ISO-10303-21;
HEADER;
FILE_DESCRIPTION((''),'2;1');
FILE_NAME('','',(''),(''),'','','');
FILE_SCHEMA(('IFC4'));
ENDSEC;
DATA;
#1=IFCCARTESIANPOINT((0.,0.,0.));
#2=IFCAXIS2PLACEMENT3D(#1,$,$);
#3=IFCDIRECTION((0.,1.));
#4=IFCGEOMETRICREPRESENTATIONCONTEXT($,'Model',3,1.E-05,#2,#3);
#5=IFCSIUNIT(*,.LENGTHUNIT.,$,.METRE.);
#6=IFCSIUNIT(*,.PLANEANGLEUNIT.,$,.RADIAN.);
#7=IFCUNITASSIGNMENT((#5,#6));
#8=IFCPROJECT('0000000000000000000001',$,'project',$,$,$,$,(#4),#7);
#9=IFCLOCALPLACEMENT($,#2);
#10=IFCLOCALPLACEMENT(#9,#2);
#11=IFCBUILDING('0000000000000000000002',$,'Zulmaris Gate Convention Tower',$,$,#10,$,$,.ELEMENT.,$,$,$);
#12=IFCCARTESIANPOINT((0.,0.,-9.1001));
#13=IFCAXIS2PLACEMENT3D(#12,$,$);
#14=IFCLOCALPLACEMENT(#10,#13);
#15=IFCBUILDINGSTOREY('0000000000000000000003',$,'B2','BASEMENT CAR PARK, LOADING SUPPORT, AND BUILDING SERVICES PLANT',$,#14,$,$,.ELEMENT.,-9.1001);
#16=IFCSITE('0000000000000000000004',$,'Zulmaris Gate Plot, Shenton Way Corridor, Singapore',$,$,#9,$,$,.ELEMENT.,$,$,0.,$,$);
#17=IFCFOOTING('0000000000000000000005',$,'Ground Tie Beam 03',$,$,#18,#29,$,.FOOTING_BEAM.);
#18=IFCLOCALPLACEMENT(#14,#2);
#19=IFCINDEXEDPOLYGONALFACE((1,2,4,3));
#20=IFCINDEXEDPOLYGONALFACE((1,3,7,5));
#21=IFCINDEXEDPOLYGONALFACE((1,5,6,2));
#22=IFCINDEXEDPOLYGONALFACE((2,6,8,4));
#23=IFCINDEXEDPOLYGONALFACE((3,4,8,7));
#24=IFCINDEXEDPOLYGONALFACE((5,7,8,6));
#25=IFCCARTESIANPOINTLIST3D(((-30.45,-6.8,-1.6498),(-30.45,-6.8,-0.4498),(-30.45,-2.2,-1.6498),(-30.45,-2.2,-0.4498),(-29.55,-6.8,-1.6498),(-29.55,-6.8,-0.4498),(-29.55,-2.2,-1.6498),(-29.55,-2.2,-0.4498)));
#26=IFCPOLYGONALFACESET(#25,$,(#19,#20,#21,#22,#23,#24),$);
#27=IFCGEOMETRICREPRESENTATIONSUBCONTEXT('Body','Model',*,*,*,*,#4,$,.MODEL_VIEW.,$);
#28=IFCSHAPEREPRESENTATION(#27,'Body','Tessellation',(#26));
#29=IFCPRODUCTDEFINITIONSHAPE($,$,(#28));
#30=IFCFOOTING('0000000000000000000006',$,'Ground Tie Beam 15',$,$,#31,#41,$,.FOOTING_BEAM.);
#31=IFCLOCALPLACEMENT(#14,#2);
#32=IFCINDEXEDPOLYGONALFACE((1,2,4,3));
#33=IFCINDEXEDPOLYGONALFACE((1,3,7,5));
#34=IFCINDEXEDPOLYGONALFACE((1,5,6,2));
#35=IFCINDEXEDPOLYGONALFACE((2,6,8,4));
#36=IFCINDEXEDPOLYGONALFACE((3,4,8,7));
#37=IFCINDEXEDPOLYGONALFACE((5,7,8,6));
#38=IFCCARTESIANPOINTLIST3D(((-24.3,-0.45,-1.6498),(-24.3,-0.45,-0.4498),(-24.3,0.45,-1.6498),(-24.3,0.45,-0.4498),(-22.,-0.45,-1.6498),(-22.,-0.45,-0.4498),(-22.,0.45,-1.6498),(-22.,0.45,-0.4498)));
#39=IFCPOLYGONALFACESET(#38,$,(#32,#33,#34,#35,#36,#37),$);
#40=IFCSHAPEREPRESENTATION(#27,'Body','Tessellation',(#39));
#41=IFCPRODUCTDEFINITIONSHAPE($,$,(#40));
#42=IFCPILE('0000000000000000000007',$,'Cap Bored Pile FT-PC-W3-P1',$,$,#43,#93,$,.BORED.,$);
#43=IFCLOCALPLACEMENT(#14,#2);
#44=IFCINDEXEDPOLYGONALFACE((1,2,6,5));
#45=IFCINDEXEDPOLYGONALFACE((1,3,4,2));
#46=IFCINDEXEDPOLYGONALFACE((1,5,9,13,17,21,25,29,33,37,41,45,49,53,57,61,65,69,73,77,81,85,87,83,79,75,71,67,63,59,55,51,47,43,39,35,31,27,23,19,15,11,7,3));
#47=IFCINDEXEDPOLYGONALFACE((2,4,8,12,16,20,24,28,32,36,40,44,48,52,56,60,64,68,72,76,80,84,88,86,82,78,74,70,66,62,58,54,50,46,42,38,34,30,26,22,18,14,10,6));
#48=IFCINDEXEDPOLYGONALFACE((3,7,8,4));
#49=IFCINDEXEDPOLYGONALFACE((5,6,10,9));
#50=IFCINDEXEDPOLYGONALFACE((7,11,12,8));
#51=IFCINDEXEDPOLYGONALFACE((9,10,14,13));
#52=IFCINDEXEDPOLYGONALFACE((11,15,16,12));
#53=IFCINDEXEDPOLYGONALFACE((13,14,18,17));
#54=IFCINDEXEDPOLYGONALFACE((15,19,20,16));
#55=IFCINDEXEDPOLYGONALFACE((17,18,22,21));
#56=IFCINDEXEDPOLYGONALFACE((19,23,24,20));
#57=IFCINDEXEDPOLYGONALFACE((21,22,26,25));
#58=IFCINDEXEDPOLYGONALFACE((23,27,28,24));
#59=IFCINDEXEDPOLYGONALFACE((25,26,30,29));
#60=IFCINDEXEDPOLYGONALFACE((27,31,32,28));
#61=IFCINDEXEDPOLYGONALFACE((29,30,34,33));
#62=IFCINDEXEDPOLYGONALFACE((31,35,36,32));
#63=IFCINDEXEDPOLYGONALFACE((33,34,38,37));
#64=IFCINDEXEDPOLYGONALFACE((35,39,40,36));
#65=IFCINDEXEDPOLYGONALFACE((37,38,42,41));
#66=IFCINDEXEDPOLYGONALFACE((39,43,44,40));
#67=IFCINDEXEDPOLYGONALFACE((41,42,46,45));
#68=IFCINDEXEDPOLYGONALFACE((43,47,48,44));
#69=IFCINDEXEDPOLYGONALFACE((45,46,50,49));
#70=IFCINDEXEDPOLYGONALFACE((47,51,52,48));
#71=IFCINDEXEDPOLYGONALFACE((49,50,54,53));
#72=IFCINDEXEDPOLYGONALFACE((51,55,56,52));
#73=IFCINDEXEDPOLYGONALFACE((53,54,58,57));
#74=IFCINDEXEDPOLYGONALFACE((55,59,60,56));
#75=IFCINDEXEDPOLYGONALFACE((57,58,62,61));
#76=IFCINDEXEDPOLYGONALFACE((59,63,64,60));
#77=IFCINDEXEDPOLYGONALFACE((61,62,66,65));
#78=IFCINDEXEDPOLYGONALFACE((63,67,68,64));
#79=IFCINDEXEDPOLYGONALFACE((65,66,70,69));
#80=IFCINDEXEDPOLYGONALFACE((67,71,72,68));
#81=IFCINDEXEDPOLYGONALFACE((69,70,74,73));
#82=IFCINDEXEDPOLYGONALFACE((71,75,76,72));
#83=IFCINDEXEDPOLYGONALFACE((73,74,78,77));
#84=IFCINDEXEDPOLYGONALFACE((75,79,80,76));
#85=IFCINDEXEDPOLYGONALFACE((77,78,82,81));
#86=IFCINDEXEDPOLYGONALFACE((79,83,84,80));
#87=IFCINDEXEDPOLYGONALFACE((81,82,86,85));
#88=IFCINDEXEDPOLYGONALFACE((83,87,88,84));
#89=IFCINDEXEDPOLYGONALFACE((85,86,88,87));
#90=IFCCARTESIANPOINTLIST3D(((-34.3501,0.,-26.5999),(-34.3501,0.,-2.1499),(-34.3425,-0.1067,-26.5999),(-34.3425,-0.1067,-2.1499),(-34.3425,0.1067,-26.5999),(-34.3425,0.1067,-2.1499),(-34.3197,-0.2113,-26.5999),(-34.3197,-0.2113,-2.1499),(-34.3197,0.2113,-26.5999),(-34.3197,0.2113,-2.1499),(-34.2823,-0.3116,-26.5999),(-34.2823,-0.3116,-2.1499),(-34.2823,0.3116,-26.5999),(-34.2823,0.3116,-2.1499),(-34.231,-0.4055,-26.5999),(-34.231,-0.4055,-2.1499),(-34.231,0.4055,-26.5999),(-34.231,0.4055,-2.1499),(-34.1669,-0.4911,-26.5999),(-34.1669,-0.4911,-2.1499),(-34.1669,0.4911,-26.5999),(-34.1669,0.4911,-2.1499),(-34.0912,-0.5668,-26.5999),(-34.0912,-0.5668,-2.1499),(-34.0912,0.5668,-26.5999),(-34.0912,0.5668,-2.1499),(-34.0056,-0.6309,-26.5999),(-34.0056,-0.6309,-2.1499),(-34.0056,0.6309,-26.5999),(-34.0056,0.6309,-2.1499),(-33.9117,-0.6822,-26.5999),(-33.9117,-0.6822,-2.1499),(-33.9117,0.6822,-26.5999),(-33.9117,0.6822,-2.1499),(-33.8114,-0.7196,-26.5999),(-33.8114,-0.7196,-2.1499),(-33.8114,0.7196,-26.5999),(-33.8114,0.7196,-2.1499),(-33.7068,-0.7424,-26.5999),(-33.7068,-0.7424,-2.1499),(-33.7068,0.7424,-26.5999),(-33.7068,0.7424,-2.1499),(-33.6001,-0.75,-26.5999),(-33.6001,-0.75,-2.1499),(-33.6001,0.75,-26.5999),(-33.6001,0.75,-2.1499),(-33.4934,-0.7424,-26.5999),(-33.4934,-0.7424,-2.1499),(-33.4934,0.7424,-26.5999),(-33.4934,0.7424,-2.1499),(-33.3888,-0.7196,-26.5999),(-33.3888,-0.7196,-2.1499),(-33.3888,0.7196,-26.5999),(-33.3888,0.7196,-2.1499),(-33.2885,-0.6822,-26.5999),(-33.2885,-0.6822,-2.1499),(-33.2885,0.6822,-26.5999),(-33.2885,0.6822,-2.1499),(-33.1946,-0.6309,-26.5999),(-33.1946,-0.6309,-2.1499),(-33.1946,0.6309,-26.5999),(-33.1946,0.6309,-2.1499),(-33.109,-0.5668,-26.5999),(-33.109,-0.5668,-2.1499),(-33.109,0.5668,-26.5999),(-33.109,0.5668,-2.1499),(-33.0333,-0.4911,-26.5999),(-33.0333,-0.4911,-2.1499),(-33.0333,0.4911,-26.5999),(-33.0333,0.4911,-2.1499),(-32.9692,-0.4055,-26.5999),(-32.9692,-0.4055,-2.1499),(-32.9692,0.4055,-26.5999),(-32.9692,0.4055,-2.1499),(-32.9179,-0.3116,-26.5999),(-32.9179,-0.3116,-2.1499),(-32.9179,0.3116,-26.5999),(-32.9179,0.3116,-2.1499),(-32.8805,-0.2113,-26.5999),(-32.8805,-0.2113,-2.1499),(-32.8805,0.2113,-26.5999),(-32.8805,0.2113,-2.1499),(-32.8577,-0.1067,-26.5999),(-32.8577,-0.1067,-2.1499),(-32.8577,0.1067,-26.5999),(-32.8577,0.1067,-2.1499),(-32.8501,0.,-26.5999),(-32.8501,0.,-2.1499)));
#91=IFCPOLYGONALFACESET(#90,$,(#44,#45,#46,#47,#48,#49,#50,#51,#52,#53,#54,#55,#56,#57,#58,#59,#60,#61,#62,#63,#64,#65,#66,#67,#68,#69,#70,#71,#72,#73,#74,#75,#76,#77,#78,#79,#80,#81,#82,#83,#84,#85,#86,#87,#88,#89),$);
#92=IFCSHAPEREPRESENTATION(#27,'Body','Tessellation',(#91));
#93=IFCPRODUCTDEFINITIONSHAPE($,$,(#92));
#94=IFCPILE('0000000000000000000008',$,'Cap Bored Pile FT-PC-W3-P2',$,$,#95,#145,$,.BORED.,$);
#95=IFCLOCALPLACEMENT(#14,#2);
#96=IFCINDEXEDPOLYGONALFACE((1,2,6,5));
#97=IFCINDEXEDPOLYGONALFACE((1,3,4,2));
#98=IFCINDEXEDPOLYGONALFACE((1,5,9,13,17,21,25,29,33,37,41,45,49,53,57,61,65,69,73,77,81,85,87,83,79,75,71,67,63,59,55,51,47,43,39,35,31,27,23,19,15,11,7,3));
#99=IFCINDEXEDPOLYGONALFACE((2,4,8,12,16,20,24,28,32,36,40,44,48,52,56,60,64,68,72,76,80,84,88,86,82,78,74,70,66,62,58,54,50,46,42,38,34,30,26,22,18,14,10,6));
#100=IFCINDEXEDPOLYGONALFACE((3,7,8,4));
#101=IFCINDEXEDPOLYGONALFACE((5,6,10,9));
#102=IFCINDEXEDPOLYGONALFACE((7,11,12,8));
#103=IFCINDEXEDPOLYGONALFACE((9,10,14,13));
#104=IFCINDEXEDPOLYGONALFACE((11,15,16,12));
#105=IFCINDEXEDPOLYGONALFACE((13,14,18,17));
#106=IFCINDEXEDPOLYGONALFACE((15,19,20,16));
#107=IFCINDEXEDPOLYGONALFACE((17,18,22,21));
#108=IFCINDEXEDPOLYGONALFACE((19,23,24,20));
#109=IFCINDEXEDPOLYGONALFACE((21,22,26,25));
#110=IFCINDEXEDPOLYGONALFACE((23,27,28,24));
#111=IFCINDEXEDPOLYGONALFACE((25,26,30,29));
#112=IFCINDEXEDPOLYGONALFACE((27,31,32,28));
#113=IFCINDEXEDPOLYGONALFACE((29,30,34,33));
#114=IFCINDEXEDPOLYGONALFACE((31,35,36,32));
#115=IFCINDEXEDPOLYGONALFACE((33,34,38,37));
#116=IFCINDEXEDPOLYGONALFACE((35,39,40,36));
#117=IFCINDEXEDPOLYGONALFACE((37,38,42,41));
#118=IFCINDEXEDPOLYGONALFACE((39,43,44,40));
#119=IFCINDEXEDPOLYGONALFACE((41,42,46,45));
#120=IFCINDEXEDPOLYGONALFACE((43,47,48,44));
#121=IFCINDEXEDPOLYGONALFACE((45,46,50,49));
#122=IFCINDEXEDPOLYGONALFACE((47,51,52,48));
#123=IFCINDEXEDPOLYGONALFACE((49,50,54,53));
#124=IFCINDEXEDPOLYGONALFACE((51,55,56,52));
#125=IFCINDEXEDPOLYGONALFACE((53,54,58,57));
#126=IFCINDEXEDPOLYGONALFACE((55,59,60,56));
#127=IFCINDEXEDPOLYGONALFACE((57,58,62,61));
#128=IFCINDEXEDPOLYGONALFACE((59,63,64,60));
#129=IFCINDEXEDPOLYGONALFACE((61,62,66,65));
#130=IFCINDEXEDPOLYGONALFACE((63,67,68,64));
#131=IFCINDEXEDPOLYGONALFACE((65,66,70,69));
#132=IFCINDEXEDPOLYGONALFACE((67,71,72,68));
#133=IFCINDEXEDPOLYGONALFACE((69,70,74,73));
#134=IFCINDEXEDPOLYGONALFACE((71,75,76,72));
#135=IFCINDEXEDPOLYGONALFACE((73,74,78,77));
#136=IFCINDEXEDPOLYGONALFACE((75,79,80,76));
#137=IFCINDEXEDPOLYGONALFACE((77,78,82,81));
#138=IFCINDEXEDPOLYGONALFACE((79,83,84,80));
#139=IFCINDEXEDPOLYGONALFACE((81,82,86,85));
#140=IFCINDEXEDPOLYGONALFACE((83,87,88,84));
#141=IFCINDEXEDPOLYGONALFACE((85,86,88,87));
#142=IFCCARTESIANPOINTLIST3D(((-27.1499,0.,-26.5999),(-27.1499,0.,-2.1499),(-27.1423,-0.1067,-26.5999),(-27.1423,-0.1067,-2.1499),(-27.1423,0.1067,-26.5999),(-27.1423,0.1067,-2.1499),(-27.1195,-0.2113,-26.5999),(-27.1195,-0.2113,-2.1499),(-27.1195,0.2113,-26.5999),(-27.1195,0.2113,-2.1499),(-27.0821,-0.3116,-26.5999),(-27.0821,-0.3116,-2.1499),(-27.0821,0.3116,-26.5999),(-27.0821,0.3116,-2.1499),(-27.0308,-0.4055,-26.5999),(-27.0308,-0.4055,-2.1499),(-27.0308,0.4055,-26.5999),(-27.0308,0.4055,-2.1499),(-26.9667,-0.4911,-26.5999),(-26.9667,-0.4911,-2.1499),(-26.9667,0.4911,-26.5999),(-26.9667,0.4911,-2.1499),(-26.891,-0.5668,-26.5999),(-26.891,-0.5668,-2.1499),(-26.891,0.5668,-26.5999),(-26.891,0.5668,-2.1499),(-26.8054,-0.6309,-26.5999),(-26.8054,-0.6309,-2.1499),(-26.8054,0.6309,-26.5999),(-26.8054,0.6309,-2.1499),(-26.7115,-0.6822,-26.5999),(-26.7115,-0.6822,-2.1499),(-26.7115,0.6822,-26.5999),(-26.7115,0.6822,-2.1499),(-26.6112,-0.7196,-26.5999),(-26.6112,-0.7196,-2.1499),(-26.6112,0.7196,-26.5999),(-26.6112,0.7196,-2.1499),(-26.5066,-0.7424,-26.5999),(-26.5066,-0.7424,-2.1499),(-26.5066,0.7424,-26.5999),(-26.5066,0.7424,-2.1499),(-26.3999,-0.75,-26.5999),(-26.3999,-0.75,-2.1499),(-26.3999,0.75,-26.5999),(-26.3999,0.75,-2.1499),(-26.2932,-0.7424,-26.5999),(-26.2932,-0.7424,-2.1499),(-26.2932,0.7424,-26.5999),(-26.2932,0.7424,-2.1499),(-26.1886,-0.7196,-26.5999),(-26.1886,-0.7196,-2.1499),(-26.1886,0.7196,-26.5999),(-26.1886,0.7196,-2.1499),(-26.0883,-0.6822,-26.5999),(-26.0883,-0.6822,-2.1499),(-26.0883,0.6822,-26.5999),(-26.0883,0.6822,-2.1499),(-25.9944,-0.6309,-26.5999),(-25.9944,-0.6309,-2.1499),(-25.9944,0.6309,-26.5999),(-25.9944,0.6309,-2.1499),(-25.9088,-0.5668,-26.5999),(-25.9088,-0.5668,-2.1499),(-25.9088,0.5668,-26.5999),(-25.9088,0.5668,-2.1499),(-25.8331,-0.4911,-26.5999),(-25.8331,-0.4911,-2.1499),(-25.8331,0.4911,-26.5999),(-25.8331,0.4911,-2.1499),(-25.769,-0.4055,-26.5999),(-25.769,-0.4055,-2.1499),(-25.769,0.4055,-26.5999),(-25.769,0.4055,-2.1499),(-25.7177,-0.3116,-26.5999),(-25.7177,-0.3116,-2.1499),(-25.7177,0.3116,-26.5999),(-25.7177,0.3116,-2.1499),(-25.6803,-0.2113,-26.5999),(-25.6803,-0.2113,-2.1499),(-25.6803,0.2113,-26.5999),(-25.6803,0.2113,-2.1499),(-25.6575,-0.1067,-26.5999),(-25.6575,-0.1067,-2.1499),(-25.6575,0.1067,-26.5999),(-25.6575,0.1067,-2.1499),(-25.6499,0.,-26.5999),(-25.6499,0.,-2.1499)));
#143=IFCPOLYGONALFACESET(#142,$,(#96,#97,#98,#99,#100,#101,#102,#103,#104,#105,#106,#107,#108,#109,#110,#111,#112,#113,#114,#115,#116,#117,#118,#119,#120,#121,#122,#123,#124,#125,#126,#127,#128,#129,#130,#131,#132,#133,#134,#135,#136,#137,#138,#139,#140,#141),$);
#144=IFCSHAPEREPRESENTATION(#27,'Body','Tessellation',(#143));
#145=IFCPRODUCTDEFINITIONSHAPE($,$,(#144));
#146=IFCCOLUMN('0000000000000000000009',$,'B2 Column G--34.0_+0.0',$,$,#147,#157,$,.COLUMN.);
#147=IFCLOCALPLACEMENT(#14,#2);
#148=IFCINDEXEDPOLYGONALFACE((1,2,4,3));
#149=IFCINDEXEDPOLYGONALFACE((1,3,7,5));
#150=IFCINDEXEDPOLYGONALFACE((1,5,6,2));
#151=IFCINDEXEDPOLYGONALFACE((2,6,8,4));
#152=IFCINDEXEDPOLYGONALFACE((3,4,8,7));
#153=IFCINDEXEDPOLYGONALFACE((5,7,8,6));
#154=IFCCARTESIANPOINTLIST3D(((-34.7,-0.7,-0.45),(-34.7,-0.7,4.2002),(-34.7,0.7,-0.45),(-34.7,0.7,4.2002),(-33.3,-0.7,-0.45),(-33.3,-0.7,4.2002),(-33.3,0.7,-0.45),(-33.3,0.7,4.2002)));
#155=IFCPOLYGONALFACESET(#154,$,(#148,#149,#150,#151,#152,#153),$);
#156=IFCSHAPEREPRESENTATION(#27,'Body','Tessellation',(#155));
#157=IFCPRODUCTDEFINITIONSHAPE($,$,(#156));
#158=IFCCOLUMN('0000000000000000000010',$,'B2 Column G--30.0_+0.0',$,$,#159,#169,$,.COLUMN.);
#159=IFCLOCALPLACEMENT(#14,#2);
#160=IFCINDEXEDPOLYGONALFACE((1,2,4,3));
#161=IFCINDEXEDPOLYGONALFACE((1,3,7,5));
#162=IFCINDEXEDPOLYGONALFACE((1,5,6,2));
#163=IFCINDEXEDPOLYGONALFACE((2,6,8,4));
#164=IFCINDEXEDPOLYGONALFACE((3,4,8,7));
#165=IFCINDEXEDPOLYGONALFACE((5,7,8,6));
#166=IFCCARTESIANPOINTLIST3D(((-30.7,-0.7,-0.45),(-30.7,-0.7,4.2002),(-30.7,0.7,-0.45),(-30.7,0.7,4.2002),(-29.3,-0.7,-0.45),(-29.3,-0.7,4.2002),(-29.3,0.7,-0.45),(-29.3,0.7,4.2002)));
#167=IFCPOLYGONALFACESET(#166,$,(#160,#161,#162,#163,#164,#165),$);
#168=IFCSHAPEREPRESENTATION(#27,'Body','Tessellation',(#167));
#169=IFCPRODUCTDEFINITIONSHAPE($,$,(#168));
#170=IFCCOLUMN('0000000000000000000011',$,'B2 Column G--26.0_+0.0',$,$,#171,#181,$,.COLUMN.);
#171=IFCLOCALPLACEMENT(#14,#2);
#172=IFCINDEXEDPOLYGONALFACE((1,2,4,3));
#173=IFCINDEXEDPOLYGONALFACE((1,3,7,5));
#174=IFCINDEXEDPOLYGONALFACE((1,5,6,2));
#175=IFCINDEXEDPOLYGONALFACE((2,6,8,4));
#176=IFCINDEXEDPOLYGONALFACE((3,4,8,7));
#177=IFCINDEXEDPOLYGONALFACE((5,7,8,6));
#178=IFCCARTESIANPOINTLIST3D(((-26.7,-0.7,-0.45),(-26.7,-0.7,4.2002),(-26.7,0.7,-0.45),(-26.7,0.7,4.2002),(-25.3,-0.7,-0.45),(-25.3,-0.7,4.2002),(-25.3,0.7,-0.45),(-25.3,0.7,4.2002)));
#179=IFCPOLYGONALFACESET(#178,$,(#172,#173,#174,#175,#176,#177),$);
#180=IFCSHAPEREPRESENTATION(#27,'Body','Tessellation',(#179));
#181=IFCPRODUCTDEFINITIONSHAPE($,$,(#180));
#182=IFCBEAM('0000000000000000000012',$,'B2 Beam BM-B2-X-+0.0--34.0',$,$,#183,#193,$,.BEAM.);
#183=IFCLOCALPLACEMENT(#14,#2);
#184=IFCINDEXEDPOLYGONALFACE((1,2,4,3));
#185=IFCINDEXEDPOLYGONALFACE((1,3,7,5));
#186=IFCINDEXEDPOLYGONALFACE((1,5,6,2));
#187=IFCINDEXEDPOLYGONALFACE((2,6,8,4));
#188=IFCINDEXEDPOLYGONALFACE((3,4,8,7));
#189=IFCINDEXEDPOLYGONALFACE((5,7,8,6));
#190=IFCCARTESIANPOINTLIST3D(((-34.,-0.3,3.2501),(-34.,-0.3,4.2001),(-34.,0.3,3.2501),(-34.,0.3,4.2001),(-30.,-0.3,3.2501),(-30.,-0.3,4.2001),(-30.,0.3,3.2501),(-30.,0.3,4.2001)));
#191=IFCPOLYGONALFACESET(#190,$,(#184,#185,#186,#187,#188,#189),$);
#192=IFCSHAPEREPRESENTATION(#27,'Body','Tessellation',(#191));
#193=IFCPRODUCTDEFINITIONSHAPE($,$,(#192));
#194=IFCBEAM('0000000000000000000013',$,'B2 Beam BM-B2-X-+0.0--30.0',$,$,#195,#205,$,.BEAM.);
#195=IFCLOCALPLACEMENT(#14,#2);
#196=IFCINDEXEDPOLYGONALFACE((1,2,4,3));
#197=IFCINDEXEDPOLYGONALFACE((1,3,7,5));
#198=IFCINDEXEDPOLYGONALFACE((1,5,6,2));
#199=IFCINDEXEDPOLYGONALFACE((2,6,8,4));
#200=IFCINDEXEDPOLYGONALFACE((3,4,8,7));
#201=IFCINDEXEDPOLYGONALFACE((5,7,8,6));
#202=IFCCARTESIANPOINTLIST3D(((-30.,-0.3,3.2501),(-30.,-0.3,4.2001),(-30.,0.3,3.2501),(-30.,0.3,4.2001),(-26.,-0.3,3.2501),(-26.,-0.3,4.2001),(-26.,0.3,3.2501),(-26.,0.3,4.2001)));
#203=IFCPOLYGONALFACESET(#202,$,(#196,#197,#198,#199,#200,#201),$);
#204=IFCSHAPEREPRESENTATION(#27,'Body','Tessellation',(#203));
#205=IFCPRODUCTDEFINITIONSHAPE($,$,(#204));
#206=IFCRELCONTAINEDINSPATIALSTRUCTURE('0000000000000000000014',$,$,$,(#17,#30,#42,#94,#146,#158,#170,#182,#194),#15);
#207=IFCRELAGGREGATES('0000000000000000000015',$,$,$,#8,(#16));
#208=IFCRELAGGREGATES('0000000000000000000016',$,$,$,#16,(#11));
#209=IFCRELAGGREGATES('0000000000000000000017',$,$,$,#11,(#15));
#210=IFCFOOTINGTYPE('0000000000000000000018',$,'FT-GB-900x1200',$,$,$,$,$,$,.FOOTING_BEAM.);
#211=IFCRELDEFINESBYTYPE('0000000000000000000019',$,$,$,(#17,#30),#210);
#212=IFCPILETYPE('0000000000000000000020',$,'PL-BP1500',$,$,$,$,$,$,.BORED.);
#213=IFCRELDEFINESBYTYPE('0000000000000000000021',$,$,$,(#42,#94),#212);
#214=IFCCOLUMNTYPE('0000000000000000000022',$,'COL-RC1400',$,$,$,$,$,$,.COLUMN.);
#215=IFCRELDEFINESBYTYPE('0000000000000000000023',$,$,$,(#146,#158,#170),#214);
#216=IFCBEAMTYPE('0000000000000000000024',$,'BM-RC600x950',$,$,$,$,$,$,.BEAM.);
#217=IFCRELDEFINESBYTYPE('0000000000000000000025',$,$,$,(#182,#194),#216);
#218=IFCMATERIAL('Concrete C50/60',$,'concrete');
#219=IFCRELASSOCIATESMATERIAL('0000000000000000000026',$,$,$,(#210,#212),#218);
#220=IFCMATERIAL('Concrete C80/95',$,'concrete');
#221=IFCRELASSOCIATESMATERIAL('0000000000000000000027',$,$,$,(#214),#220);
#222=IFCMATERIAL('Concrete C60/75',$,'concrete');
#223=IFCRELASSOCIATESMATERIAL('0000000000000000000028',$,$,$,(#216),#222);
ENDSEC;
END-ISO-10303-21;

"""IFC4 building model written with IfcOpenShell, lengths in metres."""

from ifc_helpers import new_model, si_unit, direction, frame, origin, origin_2d, place, context, subcontext, project, spatial, rectangle, circle, extrude, material, material_profile, profile_set, type_object, element, save


model = new_model("IFC4")

# Units and contexts
model_context = context("Model", 3, precision=1e-05, world=origin(), true_north=direction((0.0, 1.0)))
body_context = subcontext(model_context, "Body", "Model", "MODEL_VIEW")
ifc_project = project(units=[si_unit("LENGTHUNIT", "METRE"), si_unit("PLANEANGLEUNIT", "RADIAN")], contexts=[model_context])

# Site, building, storey
site_placement = place(None, origin())
site = spatial("IfcSite", under=ifc_project, at=site_placement, Name="Zulmaris Gate Plot, Shenton Way Corridor, Singapore", CompositionType="ELEMENT", RefElevation=0.0)
building_placement = place(site_placement, origin())
building = spatial("IfcBuilding", under=site, at=building_placement, Name="Zulmaris Gate Convention Tower", CompositionType="ELEMENT")
storey_placement = place(building_placement, frame((0.0, 0.0, -9.1001)))
storey = spatial("IfcBuildingStorey", under=building, at=storey_placement, Name="B2", Description="BASEMENT CAR PARK, LOADING SUPPORT, AND BUILDING SERVICES PLANT", CompositionType="ELEMENT", Elevation=-9.1001)

# Footings
ifc_material_1 = material(Name="Concrete C50/60", Category="concrete")
ifc_material_profile_1 = material_profile(ifc_material_1, rectangle(XDim=0.8999, YDim=1.2, at=origin_2d()), Name="RC TIE 900x1200")
ifc_profile_set_1 = profile_set([ifc_material_profile_1], Name="Concrete C50/60")
footing_type = type_object("IfcFootingType", Name="FT-GB-900x1200", PredefinedType="FOOTING_BEAM", material=ifc_profile_set_1)
footing_1_placement = place(storey_placement, frame((-30.0, -6.8, -1.0498), z_axis=(0.0, 1.0, 0.0), x_axis=(-1.0, 0.0, 0.0)))
element("IfcFooting", 1, at=footing_1_placement, inside=storey, type_object=footing_type, Name="Ground Tie Beam 03", PredefinedType="FOOTING_BEAM", context=body_context, shape_type="SweptSolid", body=[
    extrude(rectangle(XDim=0.8999, YDim=1.2, at=origin_2d()), origin(), (0.0, 0.0, 1.0), 4.6001),
])
footing_2_placement = place(storey_placement, frame((-24.3, 0.0, -1.0498), z_axis=(1.0, 0.0, 0.0), x_axis=(0.0, 1.0, 0.0)))
element("IfcFooting", 2, at=footing_2_placement, inside=storey, type_object=footing_type, Name="Ground Tie Beam 15", PredefinedType="FOOTING_BEAM", context=body_context, shape_type="SweptSolid", body=[
    extrude(rectangle(XDim=0.8999, YDim=1.2, at=origin_2d()), origin(), (0.0, 0.0, 1.0), 2.3),
])

# Piles
ifc_material_profile_2 = material_profile(ifc_material_1, circle(Radius=0.75, at=origin_2d()), Name="BORED PILE 1500")
ifc_profile_set_2 = profile_set([ifc_material_profile_2], Name="Concrete C50/60")
pile_type = type_object("IfcPileType", Name="PL-BP1500", PredefinedType="BORED", material=ifc_profile_set_2)
for number, where, z_axis, x_axis, name in (
    (3, (-33.6001, 0.0, -2.1499), (0.0, 0.0, -1.0), (1.0, 0.0, 0.0), "Cap Bored Pile FT-PC-W3-P1"),
    (4, (-26.3999, 0.0, -2.1499), (0.0, 0.0, -1.0), (1.0, 0.0, 0.0), "Cap Bored Pile FT-PC-W3-P2"),
):
    element("IfcPile", number, at=place(storey_placement, frame(where, z_axis=z_axis, x_axis=x_axis)), inside=storey, type_object=pile_type, Name=name, PredefinedType="BORED", context=body_context, shape_type="SweptSolid", body=[
        extrude(circle(Radius=0.75, at=origin_2d()), origin(), (0.0, 0.0, 1.0), 24.45),
    ])

# Columns
ifc_material_2 = material(Name="Concrete C80/95", Category="concrete")
ifc_material_profile_3 = material_profile(ifc_material_2, rectangle(XDim=1.3999, YDim=1.3999, at=origin_2d()), Name="RC COL 1400x1400")
ifc_profile_set_3 = profile_set([ifc_material_profile_3], Name="Concrete C80/95")
column_type = type_object("IfcColumnType", Name="COL-RC1400", PredefinedType="COLUMN", material=ifc_profile_set_3)
for number, where, z_axis, x_axis, name in (
    (5, (-34.0, 0.0, -0.45), (0.0, 0.0, 1.0), (1.0, 0.0, 0.0), "B2 Column G--34.0_+0.0"),
    (6, (-30.0, 0.0, -0.45), (0.0, 0.0, 1.0), (1.0, 0.0, 0.0), "B2 Column G--30.0_+0.0"),
    (7, (-26.0, 0.0, -0.45), (0.0, 0.0, 1.0), (1.0, 0.0, 0.0), "B2 Column G--26.0_+0.0"),
):
    element("IfcColumn", number, at=place(storey_placement, frame(where, z_axis=z_axis, x_axis=x_axis)), inside=storey, type_object=column_type, Name=name, PredefinedType="COLUMN", context=body_context, shape_type="SweptSolid", body=[
        extrude(rectangle(XDim=1.3999, YDim=1.3999, at=origin_2d()), origin(), (0.0, 0.0, 1.0), 4.6501),
    ])

# Beams
ifc_material_3 = material(Name="Concrete C60/75", Category="concrete")
ifc_material_profile_4 = material_profile(ifc_material_3, rectangle(XDim=0.6001, YDim=0.95, at=origin_2d()), Name="RC BEAM 600x950")
ifc_profile_set_4 = profile_set([ifc_material_profile_4], Name="Concrete C60/75")
beam_type_1 = type_object("IfcBeamType", Name="BM-RC600x950", PredefinedType="BEAM", material=ifc_profile_set_4)
for number, where, z_axis, x_axis, name in (
    (8, (-34.0, 0.0, 3.7251), (1.0, 0.0, 0.0), (0.0, 1.0, 0.0), "B2 Beam BM-B2-X-+0.0--34.0"),
    (9, (-30.0, 0.0, 3.7251), (1.0, 0.0, 0.0), (0.0, 1.0, 0.0), "B2 Beam BM-B2-X-+0.0--30.0"),
):
    element("IfcBeam", number, at=place(storey_placement, frame(where, z_axis=z_axis, x_axis=x_axis)), inside=storey, type_object=beam_type_1, Name=name, PredefinedType="BEAM", context=body_context, shape_type="SweptSolid", body=[
        extrude(rectangle(XDim=0.6001, YDim=0.95, at=origin_2d()), origin(), (0.0, 0.0, 1.0), 4.0),
    ])

save(model, "model.ifc")
